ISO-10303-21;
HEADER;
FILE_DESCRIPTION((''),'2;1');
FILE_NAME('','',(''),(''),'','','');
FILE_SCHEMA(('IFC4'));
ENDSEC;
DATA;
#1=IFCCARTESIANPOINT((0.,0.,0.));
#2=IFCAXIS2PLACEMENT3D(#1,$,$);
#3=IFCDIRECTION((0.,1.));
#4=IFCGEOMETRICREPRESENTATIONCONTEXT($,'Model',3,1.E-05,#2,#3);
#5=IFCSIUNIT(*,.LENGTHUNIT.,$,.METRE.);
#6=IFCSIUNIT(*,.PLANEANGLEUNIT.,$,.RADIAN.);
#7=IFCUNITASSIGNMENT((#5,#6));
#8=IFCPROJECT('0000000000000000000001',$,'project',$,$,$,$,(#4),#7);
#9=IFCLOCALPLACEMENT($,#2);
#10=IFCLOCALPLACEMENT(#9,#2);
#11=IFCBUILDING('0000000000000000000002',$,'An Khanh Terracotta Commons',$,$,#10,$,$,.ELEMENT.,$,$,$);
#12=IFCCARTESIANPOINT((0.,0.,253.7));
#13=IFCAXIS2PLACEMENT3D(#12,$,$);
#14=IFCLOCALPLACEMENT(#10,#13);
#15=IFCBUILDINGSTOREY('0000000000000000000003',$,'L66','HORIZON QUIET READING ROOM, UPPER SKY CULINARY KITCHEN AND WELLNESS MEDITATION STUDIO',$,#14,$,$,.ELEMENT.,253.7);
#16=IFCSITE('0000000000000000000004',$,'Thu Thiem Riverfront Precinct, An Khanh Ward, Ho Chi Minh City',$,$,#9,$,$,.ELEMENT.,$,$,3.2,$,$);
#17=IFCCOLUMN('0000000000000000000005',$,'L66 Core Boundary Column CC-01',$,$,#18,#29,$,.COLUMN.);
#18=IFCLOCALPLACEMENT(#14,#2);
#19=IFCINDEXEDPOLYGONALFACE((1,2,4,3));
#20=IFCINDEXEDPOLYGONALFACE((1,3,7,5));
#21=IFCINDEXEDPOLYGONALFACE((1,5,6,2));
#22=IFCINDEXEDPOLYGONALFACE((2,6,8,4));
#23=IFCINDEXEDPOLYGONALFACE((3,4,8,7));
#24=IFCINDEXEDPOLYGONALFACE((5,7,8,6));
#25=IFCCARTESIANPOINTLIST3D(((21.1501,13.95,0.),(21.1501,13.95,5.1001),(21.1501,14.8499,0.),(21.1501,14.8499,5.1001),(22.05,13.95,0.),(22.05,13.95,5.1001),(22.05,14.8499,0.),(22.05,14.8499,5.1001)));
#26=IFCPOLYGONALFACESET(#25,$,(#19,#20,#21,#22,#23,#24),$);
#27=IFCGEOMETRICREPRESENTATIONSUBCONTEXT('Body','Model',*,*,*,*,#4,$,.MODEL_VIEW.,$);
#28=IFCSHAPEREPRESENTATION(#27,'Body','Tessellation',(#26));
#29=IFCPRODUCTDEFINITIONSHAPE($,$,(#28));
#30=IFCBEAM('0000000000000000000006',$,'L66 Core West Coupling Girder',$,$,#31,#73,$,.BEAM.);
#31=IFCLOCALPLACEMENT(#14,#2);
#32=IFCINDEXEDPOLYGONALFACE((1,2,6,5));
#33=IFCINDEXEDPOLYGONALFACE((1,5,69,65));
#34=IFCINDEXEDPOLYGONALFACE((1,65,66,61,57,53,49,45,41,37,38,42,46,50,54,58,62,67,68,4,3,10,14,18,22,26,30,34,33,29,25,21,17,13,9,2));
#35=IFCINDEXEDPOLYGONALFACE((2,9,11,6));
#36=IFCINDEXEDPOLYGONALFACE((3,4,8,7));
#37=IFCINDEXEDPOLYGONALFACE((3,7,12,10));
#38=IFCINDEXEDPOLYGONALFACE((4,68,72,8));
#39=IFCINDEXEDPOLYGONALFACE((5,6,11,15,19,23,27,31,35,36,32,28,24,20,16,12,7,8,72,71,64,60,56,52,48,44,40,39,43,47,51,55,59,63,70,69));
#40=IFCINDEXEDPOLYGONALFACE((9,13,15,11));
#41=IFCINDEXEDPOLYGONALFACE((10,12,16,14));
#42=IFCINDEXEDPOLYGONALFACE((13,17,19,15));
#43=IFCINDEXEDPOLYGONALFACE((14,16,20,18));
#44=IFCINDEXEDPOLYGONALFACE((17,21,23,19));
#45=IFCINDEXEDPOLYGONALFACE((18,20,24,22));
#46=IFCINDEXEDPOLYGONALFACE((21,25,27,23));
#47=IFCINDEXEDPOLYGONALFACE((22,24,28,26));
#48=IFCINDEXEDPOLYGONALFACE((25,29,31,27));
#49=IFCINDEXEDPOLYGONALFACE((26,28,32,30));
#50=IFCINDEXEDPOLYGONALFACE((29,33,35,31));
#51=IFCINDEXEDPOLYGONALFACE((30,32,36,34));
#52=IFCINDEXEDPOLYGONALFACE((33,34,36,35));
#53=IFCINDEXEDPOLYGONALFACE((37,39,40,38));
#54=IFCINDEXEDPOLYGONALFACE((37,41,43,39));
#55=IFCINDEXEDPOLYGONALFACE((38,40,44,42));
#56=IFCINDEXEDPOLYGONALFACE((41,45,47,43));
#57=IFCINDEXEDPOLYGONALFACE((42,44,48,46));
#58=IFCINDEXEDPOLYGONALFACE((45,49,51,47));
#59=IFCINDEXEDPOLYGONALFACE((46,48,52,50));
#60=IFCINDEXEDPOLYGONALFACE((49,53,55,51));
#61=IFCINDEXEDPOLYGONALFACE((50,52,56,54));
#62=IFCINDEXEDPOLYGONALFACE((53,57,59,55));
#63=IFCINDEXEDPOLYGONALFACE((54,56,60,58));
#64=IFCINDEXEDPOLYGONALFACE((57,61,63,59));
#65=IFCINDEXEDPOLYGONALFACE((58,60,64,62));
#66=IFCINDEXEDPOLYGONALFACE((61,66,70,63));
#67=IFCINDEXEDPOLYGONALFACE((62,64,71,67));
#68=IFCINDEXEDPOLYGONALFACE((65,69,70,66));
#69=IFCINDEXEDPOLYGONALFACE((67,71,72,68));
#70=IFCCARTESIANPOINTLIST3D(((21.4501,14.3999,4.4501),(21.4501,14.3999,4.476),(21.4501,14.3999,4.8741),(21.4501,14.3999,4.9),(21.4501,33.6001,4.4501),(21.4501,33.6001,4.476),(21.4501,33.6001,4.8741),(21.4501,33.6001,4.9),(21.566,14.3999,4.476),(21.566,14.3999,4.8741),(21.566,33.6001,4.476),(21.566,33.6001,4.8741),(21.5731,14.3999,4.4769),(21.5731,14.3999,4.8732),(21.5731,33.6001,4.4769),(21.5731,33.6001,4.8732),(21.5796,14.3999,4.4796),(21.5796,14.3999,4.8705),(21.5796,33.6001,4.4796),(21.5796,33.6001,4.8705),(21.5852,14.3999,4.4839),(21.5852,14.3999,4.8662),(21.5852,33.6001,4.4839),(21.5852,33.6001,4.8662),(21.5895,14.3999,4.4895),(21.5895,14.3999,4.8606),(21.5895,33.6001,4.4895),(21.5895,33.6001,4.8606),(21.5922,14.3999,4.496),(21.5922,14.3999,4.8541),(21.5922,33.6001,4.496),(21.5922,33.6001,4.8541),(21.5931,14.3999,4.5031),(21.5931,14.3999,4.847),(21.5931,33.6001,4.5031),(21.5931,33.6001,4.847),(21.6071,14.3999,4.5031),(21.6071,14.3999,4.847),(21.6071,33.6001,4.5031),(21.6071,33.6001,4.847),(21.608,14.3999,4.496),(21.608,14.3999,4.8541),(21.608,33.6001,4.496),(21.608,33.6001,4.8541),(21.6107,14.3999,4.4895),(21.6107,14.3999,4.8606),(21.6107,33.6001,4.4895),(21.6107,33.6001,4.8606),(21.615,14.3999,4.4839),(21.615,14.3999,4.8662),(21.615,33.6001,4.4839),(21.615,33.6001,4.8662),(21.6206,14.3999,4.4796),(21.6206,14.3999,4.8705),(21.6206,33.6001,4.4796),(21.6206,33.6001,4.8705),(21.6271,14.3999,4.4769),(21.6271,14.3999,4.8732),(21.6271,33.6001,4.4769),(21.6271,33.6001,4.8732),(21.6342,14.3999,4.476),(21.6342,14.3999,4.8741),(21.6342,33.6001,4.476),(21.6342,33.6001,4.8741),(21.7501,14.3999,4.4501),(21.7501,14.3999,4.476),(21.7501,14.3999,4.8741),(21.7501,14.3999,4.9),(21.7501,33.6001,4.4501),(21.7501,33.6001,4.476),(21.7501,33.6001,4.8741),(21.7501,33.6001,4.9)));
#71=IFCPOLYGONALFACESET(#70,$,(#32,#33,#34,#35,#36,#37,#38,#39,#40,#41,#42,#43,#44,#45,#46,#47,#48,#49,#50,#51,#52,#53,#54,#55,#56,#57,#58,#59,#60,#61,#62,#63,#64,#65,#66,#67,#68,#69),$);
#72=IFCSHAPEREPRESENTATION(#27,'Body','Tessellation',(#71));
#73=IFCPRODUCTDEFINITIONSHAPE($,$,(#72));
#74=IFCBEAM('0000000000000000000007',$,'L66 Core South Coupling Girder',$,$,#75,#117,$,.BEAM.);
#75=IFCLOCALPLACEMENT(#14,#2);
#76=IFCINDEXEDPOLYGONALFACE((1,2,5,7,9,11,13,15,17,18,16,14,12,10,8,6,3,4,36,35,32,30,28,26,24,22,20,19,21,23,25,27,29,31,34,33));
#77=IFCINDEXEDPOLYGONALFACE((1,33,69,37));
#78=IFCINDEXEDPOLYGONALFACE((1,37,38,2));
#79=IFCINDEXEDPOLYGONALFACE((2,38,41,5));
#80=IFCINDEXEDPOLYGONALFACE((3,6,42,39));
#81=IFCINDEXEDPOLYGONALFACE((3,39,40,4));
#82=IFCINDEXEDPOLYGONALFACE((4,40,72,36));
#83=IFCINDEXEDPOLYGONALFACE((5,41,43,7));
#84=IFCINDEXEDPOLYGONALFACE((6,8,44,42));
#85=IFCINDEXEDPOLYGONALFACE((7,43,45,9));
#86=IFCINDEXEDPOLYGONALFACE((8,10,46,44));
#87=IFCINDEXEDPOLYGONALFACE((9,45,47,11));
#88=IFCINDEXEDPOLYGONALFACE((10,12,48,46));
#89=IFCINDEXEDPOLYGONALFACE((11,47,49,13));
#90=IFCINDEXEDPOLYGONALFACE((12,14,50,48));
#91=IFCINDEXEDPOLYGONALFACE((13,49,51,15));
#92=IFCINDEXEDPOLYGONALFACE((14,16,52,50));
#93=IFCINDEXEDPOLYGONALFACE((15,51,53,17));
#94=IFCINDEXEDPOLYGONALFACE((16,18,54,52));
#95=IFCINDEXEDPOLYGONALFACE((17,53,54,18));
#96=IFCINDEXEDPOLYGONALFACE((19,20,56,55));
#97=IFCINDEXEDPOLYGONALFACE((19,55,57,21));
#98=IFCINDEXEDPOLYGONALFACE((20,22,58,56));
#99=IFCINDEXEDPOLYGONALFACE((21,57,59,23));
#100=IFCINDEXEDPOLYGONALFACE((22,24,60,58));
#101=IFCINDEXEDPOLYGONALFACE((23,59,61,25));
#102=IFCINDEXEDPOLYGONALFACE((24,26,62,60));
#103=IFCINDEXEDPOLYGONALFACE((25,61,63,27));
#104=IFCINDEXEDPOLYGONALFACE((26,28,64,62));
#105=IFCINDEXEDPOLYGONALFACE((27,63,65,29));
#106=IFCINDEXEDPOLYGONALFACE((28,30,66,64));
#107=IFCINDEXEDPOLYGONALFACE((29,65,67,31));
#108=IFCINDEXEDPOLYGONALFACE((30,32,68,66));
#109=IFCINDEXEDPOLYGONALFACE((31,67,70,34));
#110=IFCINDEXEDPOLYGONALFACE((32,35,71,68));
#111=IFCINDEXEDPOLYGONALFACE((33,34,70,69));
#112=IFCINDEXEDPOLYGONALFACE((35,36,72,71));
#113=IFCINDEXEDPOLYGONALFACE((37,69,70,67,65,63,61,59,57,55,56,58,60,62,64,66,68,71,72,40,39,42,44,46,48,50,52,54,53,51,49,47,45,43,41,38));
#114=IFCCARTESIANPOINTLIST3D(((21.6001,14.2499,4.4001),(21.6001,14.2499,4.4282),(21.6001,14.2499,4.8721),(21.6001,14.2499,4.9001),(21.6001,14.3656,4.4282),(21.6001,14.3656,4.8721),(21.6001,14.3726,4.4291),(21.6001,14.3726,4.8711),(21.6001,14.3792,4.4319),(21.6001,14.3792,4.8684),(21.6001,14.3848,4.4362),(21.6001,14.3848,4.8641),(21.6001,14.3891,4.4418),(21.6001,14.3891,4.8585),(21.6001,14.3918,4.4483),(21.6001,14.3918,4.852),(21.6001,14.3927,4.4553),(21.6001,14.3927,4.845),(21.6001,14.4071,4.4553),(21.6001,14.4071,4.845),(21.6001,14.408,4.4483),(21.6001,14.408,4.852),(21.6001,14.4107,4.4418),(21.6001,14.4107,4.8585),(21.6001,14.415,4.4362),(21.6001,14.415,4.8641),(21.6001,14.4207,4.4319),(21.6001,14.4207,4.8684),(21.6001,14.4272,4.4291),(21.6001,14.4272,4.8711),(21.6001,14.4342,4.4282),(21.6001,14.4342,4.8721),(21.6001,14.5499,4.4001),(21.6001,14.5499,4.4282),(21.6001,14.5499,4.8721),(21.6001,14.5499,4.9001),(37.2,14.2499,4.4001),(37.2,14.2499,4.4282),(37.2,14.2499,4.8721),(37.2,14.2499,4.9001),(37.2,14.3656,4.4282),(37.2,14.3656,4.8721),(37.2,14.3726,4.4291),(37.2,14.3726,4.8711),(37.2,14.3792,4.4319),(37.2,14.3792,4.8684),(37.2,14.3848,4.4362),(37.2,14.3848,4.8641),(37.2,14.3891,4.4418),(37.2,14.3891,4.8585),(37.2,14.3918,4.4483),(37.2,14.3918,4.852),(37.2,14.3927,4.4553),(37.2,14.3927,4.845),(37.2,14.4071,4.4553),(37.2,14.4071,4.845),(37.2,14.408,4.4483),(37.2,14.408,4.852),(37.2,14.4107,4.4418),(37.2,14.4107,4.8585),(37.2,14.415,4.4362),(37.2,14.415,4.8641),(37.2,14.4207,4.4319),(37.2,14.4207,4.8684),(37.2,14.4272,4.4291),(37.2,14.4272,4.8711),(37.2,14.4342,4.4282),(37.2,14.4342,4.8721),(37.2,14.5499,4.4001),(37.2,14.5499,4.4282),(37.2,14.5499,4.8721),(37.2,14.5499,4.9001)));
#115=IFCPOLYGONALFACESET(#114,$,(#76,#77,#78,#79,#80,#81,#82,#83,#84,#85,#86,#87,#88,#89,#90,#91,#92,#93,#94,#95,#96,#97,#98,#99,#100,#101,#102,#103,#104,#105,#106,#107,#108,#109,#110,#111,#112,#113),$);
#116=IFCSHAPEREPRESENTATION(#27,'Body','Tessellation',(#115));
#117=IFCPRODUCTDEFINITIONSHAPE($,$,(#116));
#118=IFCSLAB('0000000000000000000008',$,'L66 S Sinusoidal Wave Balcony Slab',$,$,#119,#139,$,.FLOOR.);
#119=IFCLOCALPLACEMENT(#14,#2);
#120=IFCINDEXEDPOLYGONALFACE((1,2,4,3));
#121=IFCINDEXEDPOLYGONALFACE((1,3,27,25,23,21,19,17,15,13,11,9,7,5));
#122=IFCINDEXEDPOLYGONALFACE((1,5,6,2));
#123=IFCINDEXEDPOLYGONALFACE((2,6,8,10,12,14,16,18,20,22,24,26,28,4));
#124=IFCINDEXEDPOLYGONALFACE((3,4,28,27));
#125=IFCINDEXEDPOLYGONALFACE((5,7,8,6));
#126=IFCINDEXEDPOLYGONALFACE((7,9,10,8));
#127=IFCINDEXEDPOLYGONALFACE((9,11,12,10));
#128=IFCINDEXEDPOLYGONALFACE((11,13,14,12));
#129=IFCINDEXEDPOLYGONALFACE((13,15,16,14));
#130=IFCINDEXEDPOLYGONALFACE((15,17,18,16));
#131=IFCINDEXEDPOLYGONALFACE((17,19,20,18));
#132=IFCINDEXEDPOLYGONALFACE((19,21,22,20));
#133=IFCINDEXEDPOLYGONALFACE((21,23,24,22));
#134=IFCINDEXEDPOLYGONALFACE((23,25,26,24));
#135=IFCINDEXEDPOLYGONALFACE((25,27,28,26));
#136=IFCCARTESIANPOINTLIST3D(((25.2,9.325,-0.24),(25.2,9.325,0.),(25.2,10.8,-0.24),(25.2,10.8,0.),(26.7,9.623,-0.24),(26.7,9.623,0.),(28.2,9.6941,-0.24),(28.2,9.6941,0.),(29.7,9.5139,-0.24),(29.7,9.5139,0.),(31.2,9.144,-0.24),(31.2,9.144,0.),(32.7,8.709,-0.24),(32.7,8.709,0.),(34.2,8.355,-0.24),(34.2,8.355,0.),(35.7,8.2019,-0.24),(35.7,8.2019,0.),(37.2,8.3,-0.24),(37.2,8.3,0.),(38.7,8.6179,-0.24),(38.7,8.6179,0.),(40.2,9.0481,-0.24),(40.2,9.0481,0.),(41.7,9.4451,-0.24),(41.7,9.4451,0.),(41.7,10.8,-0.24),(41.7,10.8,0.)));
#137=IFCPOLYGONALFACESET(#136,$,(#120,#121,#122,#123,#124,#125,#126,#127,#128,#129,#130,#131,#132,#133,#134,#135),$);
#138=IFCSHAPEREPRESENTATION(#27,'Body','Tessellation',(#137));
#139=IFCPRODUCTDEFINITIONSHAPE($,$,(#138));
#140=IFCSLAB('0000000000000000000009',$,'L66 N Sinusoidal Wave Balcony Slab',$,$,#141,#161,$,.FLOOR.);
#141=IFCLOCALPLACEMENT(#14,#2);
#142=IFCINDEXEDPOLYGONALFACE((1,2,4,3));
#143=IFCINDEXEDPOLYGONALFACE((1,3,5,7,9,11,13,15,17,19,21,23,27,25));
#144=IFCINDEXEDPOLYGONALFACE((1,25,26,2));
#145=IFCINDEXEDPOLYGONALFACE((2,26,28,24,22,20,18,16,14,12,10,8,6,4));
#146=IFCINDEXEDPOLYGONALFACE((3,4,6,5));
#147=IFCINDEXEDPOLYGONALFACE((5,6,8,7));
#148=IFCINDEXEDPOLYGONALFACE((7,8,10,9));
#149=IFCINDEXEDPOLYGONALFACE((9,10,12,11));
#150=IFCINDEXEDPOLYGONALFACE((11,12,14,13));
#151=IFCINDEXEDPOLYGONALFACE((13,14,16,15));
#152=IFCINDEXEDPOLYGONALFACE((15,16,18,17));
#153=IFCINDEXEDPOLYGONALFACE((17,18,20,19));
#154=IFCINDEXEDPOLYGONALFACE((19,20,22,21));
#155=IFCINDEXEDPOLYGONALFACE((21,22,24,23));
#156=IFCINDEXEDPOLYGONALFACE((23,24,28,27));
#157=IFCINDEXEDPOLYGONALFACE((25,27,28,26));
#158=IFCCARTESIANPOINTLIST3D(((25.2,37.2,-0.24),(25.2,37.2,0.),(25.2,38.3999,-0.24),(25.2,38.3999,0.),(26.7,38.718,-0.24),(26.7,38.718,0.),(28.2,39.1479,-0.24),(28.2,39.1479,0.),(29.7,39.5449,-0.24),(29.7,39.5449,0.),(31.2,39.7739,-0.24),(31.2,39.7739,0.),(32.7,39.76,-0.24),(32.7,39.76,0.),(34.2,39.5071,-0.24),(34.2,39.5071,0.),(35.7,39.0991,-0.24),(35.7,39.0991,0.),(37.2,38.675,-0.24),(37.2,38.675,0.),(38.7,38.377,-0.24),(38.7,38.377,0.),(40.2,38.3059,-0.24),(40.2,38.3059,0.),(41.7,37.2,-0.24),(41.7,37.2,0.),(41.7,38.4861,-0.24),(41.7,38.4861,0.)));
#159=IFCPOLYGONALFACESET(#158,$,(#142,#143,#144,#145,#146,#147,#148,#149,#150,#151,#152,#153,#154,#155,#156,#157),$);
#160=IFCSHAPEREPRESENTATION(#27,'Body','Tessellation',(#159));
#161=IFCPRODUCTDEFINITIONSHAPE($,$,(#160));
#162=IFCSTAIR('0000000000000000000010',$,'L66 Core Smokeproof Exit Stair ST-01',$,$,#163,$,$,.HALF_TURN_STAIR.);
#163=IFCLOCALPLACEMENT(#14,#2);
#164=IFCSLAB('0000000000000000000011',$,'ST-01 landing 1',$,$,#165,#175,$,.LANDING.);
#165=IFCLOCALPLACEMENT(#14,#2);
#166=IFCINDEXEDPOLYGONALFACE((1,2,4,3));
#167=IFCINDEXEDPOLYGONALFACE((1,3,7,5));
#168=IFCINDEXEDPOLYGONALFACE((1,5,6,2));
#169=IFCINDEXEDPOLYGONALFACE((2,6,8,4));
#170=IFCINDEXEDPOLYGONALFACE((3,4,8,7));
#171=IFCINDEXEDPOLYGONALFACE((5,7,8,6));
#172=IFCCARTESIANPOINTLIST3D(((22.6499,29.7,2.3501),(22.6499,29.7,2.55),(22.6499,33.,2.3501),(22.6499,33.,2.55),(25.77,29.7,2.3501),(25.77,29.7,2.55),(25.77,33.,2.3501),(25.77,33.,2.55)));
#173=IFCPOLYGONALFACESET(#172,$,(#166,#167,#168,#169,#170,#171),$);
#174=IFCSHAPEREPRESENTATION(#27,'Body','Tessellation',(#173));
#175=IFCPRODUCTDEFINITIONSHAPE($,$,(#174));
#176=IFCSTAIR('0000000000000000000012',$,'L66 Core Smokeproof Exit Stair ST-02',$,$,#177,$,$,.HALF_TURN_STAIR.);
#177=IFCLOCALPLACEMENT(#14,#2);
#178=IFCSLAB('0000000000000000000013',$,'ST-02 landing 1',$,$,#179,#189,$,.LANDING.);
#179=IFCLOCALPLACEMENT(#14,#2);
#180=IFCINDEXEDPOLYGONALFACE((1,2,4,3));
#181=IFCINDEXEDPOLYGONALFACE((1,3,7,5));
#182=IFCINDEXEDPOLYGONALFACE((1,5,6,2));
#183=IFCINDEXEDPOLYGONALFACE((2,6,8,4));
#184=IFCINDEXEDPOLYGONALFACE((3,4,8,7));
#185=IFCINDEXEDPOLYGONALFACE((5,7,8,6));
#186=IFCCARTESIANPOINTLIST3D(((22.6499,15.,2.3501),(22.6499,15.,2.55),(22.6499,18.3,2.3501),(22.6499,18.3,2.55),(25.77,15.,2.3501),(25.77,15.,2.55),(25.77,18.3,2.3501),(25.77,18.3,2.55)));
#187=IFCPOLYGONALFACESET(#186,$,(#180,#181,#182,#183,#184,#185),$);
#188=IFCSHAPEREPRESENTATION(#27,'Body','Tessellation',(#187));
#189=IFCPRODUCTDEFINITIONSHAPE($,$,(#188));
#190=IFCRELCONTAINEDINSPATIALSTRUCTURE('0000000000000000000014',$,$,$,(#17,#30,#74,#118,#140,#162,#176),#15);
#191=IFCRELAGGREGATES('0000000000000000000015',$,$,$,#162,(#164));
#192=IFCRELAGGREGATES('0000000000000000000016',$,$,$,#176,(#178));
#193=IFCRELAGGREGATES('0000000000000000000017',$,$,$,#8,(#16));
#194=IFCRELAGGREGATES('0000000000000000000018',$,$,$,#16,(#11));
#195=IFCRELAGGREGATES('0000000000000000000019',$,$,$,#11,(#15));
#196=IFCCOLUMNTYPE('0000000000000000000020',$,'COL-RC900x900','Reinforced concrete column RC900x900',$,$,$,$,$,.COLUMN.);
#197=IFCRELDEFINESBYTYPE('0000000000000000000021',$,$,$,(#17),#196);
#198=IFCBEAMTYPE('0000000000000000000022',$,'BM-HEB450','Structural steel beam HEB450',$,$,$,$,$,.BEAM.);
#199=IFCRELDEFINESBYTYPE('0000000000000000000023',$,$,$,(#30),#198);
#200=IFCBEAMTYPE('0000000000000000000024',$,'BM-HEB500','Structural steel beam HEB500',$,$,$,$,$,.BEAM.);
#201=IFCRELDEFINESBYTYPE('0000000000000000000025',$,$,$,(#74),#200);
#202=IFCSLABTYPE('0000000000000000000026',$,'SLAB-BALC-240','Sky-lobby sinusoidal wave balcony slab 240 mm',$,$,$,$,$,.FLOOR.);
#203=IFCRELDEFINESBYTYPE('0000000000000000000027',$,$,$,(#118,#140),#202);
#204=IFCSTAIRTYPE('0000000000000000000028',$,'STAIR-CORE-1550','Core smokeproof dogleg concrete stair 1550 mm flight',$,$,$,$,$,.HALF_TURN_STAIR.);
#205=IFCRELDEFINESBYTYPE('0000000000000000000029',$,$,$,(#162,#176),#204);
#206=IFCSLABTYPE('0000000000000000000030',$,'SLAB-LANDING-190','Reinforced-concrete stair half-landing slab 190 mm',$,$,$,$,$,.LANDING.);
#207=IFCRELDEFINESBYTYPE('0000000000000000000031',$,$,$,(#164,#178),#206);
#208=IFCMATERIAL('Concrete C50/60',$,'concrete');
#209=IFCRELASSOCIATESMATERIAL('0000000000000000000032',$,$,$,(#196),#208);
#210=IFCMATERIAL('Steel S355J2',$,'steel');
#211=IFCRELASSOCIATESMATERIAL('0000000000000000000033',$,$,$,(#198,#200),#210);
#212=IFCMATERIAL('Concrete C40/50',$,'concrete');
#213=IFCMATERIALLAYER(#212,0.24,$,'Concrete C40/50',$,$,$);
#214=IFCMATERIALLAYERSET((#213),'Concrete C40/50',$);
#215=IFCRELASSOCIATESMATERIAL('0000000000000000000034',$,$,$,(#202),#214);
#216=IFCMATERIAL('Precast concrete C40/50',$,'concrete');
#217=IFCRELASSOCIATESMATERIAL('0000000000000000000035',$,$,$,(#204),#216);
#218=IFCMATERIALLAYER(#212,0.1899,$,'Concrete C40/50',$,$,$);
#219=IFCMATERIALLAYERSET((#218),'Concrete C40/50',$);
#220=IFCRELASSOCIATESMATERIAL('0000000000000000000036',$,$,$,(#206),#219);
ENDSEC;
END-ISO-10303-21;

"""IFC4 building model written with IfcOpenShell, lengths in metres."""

from ifc_helpers import new_model, si_unit, direction, frame, origin, origin_2d, place, context, subcontext, project, spatial, polyline, rectangle, i_section, outline, extrude, material, layer, layer_set, material_profile, profile_set, type_object, element, aggregate, save


model = new_model("IFC4")

# Units and contexts
model_context = context("Model", 3, precision=1e-05, world=origin(), true_north=direction((0.0, 1.0)))
body_context = subcontext(model_context, "Body", "Model", "MODEL_VIEW")
ifc_project = project(units=[si_unit("LENGTHUNIT", "METRE"), si_unit("PLANEANGLEUNIT", "RADIAN")], contexts=[model_context])

# Site, building, storey
site_placement = place(None, origin())
site = spatial("IfcSite", under=ifc_project, at=site_placement, Name="Thu Thiem Riverfront Precinct, An Khanh Ward, Ho Chi Minh City", CompositionType="ELEMENT", RefElevation=3.2)
building_placement = place(site_placement, origin())
building = spatial("IfcBuilding", under=site, at=building_placement, Name="An Khanh Terracotta Commons", CompositionType="ELEMENT")
storey_placement = place(building_placement, frame((0.0, 0.0, 253.7)))
storey = spatial("IfcBuildingStorey", under=building, at=storey_placement, Name="L66", Description="HORIZON QUIET READING ROOM, UPPER SKY CULINARY KITCHEN AND WELLNESS MEDITATION STUDIO", CompositionType="ELEMENT", Elevation=253.7)

# Column
ifc_material_1 = material(Name="Concrete C50/60", Category="concrete")
ifc_material_profile_1 = material_profile(ifc_material_1, rectangle(XDim=0.8999, YDim=0.8999, at=origin_2d()), Name="RC900x900")
ifc_profile_set_1 = profile_set([ifc_material_profile_1], Name="Concrete C50/60")
column_type = type_object("IfcColumnType", Name="COL-RC900x900", Description="Reinforced concrete column RC900x900", PredefinedType="COLUMN", material=ifc_profile_set_1)
column_placement = place(storey_placement, frame((21.6001, 14.3999, 0.0), z_axis=(0.0, 0.0, 1.0), x_axis=(1.0, 0.0, 0.0)))
element("IfcColumn", 1, at=column_placement, inside=storey, type_object=column_type, Name="L66 Core Boundary Column CC-01", PredefinedType="COLUMN", context=body_context, shape_type="SweptSolid", body=[
    extrude(rectangle(XDim=0.8999, YDim=0.8999, at=origin_2d()), origin(), (0.0, 0.0, 1.0), 5.1001),
])

# Beams
ifc_material_2 = material(Name="Steel S355J2", Category="steel")
ifc_material_profile_2 = material_profile(ifc_material_2, i_section(OverallWidth=0.3, OverallDepth=0.45, WebThickness=0.0139, FlangeThickness=0.0259, FilletRadius=0.0271, at=origin_2d()), Name="HEB450")
ifc_profile_set_2 = profile_set([ifc_material_profile_2], Name="Steel S355J2")
beam_type_1 = type_object("IfcBeamType", Name="BM-HEB450", Description="Structural steel beam HEB450", PredefinedType="BEAM", material=ifc_profile_set_2)
beam_1_placement = place(storey_placement, frame((21.6001, 14.3999, 4.675), z_axis=(0.0, 1.0, 0.0), x_axis=(-1.0, 0.0, 0.0)))
element("IfcBeam", 2, at=beam_1_placement, inside=storey, type_object=beam_type_1, Name="L66 Core West Coupling Girder", PredefinedType="BEAM", context=body_context, shape_type="SweptSolid", body=[
    extrude(i_section(OverallWidth=0.3, OverallDepth=0.45, WebThickness=0.0139, FlangeThickness=0.0259, FilletRadius=0.0271, at=origin_2d()), origin(), (0.0, 0.0, 1.0), 19.2002),
])
ifc_material_profile_3 = material_profile(ifc_material_2, i_section(OverallWidth=0.3, OverallDepth=0.5, WebThickness=0.0144, FlangeThickness=0.0281, FilletRadius=0.0271, at=origin_2d()), Name="HEB500")
ifc_profile_set_3 = profile_set([ifc_material_profile_3], Name="Steel S355J2")
beam_type_2 = type_object("IfcBeamType", Name="BM-HEB500", Description="Structural steel beam HEB500", PredefinedType="BEAM", material=ifc_profile_set_3)
beam_2_placement = place(storey_placement, frame((21.6001, 14.3999, 4.6501), z_axis=(1.0, 0.0, 0.0), x_axis=(0.0, 1.0, 0.0)))
element("IfcBeam", 3, at=beam_2_placement, inside=storey, type_object=beam_type_2, Name="L66 Core South Coupling Girder", PredefinedType="BEAM", context=body_context, shape_type="SweptSolid", body=[
    extrude(i_section(OverallWidth=0.3, OverallDepth=0.5, WebThickness=0.0144, FlangeThickness=0.0281, FilletRadius=0.0271, at=origin_2d()), origin(), (0.0, 0.0, 1.0), 15.5999),
])

# Slabs
ifc_material_3 = material(Name="Concrete C40/50", Category="concrete")
ifc_layer_1 = layer(ifc_material_3, 0.24, Name="Concrete C40/50")
ifc_layer_set_1 = layer_set([ifc_layer_1], Name="Concrete C40/50")
slab_type_1 = type_object("IfcSlabType", Name="SLAB-BALC-240", Description="Sky-lobby sinusoidal wave balcony slab 240 mm", PredefinedType="FLOOR", material=ifc_layer_set_1)
slab_1_placement = place(storey_placement, frame((0.0, 0.0, -0.24)))
element("IfcSlab", 4, at=slab_1_placement, inside=storey, type_object=slab_type_1, Name="L66 S Sinusoidal Wave Balcony Slab", PredefinedType="FLOOR", context=body_context, shape_type="SweptSolid", body=[
    extrude(outline(polyline([(25.2, 10.8), (25.2, 9.325), (26.7, 9.623), (28.2, 9.6941), (29.7, 9.5139), (31.2, 9.144), (32.7, 8.709), (34.2, 8.355), (35.7, 8.2019), (37.2, 8.3), (38.7, 8.6179), (40.2, 9.0481), (41.7, 9.4451), (41.7, 10.8), (25.2, 10.8)])), origin(), (0.0, 0.0, 1.0), 0.24),
])
slab_2_placement = place(storey_placement, frame((0.0, 0.0, -0.24)))
element("IfcSlab", 5, at=slab_2_placement, inside=storey, type_object=slab_type_1, Name="L66 N Sinusoidal Wave Balcony Slab", PredefinedType="FLOOR", context=body_context, shape_type="SweptSolid", body=[
    extrude(outline(polyline([(41.7, 37.2), (41.7, 38.4861), (40.2, 38.3059), (38.7, 38.377), (37.2, 38.675), (35.7, 39.0991), (34.2, 39.5071), (32.7, 39.76), (31.2, 39.7739), (29.7, 39.5449), (28.2, 39.1479), (26.7, 38.718), (25.2, 38.3999), (25.2, 37.2), (41.7, 37.2)])), origin(), (0.0, 0.0, 1.0), 0.24),
])

# Stairs, slabs
ifc_material_4 = material(Name="Precast concrete C40/50", Category="concrete")
stair_type = type_object("IfcStairType", Name="STAIR-CORE-1550", Description="Core smokeproof dogleg concrete stair 1550 mm flight", PredefinedType="HALF_TURN_STAIR", material=ifc_material_4)
stair_1_placement = place(storey_placement, origin())
stair_1 = element("IfcStair", 6, at=stair_1_placement, inside=storey, type_object=stair_type, Name="L66 Core Smokeproof Exit Stair ST-01", PredefinedType="HALF_TURN_STAIR")
ifc_layer_2 = layer(ifc_material_3, 0.1899, Name="Concrete C40/50")
ifc_layer_set_2 = layer_set([ifc_layer_2], Name="Concrete C40/50")
slab_type_2 = type_object("IfcSlabType", Name="SLAB-LANDING-190", Description="Reinforced-concrete stair half-landing slab 190 mm", PredefinedType="LANDING", material=ifc_layer_set_2)
slab_3_placement = place(storey_placement, frame((0.0, 0.0, 2.3501)))
slab_3 = element("IfcSlab", 7, at=slab_3_placement, type_object=slab_type_2, Name="ST-01 landing 1", PredefinedType="LANDING", context=body_context, shape_type="SweptSolid", body=[
    extrude(outline(polyline([(25.77, 33.0), (22.6499, 33.0), (22.6499, 29.7), (25.77, 29.7), (25.77, 33.0)])), origin(), (0.0, 0.0, 1.0), 0.2),
])
aggregate(stair_1, [slab_3])
stair_2_placement = place(storey_placement, origin())
stair_2 = element("IfcStair", 8, at=stair_2_placement, inside=storey, type_object=stair_type, Name="L66 Core Smokeproof Exit Stair ST-02", PredefinedType="HALF_TURN_STAIR")
slab_4_placement = place(storey_placement, frame((0.0, 0.0, 2.3501)))
slab_4 = element("IfcSlab", 9, at=slab_4_placement, type_object=slab_type_2, Name="ST-02 landing 1", PredefinedType="LANDING", context=body_context, shape_type="SweptSolid", body=[
    extrude(outline(polyline([(25.77, 18.3), (22.6499, 18.3), (22.6499, 15.0), (25.77, 15.0), (25.77, 18.3)])), origin(), (0.0, 0.0, 1.0), 0.2),
])
aggregate(stair_2, [slab_4])

save(model, "model.ifc")
